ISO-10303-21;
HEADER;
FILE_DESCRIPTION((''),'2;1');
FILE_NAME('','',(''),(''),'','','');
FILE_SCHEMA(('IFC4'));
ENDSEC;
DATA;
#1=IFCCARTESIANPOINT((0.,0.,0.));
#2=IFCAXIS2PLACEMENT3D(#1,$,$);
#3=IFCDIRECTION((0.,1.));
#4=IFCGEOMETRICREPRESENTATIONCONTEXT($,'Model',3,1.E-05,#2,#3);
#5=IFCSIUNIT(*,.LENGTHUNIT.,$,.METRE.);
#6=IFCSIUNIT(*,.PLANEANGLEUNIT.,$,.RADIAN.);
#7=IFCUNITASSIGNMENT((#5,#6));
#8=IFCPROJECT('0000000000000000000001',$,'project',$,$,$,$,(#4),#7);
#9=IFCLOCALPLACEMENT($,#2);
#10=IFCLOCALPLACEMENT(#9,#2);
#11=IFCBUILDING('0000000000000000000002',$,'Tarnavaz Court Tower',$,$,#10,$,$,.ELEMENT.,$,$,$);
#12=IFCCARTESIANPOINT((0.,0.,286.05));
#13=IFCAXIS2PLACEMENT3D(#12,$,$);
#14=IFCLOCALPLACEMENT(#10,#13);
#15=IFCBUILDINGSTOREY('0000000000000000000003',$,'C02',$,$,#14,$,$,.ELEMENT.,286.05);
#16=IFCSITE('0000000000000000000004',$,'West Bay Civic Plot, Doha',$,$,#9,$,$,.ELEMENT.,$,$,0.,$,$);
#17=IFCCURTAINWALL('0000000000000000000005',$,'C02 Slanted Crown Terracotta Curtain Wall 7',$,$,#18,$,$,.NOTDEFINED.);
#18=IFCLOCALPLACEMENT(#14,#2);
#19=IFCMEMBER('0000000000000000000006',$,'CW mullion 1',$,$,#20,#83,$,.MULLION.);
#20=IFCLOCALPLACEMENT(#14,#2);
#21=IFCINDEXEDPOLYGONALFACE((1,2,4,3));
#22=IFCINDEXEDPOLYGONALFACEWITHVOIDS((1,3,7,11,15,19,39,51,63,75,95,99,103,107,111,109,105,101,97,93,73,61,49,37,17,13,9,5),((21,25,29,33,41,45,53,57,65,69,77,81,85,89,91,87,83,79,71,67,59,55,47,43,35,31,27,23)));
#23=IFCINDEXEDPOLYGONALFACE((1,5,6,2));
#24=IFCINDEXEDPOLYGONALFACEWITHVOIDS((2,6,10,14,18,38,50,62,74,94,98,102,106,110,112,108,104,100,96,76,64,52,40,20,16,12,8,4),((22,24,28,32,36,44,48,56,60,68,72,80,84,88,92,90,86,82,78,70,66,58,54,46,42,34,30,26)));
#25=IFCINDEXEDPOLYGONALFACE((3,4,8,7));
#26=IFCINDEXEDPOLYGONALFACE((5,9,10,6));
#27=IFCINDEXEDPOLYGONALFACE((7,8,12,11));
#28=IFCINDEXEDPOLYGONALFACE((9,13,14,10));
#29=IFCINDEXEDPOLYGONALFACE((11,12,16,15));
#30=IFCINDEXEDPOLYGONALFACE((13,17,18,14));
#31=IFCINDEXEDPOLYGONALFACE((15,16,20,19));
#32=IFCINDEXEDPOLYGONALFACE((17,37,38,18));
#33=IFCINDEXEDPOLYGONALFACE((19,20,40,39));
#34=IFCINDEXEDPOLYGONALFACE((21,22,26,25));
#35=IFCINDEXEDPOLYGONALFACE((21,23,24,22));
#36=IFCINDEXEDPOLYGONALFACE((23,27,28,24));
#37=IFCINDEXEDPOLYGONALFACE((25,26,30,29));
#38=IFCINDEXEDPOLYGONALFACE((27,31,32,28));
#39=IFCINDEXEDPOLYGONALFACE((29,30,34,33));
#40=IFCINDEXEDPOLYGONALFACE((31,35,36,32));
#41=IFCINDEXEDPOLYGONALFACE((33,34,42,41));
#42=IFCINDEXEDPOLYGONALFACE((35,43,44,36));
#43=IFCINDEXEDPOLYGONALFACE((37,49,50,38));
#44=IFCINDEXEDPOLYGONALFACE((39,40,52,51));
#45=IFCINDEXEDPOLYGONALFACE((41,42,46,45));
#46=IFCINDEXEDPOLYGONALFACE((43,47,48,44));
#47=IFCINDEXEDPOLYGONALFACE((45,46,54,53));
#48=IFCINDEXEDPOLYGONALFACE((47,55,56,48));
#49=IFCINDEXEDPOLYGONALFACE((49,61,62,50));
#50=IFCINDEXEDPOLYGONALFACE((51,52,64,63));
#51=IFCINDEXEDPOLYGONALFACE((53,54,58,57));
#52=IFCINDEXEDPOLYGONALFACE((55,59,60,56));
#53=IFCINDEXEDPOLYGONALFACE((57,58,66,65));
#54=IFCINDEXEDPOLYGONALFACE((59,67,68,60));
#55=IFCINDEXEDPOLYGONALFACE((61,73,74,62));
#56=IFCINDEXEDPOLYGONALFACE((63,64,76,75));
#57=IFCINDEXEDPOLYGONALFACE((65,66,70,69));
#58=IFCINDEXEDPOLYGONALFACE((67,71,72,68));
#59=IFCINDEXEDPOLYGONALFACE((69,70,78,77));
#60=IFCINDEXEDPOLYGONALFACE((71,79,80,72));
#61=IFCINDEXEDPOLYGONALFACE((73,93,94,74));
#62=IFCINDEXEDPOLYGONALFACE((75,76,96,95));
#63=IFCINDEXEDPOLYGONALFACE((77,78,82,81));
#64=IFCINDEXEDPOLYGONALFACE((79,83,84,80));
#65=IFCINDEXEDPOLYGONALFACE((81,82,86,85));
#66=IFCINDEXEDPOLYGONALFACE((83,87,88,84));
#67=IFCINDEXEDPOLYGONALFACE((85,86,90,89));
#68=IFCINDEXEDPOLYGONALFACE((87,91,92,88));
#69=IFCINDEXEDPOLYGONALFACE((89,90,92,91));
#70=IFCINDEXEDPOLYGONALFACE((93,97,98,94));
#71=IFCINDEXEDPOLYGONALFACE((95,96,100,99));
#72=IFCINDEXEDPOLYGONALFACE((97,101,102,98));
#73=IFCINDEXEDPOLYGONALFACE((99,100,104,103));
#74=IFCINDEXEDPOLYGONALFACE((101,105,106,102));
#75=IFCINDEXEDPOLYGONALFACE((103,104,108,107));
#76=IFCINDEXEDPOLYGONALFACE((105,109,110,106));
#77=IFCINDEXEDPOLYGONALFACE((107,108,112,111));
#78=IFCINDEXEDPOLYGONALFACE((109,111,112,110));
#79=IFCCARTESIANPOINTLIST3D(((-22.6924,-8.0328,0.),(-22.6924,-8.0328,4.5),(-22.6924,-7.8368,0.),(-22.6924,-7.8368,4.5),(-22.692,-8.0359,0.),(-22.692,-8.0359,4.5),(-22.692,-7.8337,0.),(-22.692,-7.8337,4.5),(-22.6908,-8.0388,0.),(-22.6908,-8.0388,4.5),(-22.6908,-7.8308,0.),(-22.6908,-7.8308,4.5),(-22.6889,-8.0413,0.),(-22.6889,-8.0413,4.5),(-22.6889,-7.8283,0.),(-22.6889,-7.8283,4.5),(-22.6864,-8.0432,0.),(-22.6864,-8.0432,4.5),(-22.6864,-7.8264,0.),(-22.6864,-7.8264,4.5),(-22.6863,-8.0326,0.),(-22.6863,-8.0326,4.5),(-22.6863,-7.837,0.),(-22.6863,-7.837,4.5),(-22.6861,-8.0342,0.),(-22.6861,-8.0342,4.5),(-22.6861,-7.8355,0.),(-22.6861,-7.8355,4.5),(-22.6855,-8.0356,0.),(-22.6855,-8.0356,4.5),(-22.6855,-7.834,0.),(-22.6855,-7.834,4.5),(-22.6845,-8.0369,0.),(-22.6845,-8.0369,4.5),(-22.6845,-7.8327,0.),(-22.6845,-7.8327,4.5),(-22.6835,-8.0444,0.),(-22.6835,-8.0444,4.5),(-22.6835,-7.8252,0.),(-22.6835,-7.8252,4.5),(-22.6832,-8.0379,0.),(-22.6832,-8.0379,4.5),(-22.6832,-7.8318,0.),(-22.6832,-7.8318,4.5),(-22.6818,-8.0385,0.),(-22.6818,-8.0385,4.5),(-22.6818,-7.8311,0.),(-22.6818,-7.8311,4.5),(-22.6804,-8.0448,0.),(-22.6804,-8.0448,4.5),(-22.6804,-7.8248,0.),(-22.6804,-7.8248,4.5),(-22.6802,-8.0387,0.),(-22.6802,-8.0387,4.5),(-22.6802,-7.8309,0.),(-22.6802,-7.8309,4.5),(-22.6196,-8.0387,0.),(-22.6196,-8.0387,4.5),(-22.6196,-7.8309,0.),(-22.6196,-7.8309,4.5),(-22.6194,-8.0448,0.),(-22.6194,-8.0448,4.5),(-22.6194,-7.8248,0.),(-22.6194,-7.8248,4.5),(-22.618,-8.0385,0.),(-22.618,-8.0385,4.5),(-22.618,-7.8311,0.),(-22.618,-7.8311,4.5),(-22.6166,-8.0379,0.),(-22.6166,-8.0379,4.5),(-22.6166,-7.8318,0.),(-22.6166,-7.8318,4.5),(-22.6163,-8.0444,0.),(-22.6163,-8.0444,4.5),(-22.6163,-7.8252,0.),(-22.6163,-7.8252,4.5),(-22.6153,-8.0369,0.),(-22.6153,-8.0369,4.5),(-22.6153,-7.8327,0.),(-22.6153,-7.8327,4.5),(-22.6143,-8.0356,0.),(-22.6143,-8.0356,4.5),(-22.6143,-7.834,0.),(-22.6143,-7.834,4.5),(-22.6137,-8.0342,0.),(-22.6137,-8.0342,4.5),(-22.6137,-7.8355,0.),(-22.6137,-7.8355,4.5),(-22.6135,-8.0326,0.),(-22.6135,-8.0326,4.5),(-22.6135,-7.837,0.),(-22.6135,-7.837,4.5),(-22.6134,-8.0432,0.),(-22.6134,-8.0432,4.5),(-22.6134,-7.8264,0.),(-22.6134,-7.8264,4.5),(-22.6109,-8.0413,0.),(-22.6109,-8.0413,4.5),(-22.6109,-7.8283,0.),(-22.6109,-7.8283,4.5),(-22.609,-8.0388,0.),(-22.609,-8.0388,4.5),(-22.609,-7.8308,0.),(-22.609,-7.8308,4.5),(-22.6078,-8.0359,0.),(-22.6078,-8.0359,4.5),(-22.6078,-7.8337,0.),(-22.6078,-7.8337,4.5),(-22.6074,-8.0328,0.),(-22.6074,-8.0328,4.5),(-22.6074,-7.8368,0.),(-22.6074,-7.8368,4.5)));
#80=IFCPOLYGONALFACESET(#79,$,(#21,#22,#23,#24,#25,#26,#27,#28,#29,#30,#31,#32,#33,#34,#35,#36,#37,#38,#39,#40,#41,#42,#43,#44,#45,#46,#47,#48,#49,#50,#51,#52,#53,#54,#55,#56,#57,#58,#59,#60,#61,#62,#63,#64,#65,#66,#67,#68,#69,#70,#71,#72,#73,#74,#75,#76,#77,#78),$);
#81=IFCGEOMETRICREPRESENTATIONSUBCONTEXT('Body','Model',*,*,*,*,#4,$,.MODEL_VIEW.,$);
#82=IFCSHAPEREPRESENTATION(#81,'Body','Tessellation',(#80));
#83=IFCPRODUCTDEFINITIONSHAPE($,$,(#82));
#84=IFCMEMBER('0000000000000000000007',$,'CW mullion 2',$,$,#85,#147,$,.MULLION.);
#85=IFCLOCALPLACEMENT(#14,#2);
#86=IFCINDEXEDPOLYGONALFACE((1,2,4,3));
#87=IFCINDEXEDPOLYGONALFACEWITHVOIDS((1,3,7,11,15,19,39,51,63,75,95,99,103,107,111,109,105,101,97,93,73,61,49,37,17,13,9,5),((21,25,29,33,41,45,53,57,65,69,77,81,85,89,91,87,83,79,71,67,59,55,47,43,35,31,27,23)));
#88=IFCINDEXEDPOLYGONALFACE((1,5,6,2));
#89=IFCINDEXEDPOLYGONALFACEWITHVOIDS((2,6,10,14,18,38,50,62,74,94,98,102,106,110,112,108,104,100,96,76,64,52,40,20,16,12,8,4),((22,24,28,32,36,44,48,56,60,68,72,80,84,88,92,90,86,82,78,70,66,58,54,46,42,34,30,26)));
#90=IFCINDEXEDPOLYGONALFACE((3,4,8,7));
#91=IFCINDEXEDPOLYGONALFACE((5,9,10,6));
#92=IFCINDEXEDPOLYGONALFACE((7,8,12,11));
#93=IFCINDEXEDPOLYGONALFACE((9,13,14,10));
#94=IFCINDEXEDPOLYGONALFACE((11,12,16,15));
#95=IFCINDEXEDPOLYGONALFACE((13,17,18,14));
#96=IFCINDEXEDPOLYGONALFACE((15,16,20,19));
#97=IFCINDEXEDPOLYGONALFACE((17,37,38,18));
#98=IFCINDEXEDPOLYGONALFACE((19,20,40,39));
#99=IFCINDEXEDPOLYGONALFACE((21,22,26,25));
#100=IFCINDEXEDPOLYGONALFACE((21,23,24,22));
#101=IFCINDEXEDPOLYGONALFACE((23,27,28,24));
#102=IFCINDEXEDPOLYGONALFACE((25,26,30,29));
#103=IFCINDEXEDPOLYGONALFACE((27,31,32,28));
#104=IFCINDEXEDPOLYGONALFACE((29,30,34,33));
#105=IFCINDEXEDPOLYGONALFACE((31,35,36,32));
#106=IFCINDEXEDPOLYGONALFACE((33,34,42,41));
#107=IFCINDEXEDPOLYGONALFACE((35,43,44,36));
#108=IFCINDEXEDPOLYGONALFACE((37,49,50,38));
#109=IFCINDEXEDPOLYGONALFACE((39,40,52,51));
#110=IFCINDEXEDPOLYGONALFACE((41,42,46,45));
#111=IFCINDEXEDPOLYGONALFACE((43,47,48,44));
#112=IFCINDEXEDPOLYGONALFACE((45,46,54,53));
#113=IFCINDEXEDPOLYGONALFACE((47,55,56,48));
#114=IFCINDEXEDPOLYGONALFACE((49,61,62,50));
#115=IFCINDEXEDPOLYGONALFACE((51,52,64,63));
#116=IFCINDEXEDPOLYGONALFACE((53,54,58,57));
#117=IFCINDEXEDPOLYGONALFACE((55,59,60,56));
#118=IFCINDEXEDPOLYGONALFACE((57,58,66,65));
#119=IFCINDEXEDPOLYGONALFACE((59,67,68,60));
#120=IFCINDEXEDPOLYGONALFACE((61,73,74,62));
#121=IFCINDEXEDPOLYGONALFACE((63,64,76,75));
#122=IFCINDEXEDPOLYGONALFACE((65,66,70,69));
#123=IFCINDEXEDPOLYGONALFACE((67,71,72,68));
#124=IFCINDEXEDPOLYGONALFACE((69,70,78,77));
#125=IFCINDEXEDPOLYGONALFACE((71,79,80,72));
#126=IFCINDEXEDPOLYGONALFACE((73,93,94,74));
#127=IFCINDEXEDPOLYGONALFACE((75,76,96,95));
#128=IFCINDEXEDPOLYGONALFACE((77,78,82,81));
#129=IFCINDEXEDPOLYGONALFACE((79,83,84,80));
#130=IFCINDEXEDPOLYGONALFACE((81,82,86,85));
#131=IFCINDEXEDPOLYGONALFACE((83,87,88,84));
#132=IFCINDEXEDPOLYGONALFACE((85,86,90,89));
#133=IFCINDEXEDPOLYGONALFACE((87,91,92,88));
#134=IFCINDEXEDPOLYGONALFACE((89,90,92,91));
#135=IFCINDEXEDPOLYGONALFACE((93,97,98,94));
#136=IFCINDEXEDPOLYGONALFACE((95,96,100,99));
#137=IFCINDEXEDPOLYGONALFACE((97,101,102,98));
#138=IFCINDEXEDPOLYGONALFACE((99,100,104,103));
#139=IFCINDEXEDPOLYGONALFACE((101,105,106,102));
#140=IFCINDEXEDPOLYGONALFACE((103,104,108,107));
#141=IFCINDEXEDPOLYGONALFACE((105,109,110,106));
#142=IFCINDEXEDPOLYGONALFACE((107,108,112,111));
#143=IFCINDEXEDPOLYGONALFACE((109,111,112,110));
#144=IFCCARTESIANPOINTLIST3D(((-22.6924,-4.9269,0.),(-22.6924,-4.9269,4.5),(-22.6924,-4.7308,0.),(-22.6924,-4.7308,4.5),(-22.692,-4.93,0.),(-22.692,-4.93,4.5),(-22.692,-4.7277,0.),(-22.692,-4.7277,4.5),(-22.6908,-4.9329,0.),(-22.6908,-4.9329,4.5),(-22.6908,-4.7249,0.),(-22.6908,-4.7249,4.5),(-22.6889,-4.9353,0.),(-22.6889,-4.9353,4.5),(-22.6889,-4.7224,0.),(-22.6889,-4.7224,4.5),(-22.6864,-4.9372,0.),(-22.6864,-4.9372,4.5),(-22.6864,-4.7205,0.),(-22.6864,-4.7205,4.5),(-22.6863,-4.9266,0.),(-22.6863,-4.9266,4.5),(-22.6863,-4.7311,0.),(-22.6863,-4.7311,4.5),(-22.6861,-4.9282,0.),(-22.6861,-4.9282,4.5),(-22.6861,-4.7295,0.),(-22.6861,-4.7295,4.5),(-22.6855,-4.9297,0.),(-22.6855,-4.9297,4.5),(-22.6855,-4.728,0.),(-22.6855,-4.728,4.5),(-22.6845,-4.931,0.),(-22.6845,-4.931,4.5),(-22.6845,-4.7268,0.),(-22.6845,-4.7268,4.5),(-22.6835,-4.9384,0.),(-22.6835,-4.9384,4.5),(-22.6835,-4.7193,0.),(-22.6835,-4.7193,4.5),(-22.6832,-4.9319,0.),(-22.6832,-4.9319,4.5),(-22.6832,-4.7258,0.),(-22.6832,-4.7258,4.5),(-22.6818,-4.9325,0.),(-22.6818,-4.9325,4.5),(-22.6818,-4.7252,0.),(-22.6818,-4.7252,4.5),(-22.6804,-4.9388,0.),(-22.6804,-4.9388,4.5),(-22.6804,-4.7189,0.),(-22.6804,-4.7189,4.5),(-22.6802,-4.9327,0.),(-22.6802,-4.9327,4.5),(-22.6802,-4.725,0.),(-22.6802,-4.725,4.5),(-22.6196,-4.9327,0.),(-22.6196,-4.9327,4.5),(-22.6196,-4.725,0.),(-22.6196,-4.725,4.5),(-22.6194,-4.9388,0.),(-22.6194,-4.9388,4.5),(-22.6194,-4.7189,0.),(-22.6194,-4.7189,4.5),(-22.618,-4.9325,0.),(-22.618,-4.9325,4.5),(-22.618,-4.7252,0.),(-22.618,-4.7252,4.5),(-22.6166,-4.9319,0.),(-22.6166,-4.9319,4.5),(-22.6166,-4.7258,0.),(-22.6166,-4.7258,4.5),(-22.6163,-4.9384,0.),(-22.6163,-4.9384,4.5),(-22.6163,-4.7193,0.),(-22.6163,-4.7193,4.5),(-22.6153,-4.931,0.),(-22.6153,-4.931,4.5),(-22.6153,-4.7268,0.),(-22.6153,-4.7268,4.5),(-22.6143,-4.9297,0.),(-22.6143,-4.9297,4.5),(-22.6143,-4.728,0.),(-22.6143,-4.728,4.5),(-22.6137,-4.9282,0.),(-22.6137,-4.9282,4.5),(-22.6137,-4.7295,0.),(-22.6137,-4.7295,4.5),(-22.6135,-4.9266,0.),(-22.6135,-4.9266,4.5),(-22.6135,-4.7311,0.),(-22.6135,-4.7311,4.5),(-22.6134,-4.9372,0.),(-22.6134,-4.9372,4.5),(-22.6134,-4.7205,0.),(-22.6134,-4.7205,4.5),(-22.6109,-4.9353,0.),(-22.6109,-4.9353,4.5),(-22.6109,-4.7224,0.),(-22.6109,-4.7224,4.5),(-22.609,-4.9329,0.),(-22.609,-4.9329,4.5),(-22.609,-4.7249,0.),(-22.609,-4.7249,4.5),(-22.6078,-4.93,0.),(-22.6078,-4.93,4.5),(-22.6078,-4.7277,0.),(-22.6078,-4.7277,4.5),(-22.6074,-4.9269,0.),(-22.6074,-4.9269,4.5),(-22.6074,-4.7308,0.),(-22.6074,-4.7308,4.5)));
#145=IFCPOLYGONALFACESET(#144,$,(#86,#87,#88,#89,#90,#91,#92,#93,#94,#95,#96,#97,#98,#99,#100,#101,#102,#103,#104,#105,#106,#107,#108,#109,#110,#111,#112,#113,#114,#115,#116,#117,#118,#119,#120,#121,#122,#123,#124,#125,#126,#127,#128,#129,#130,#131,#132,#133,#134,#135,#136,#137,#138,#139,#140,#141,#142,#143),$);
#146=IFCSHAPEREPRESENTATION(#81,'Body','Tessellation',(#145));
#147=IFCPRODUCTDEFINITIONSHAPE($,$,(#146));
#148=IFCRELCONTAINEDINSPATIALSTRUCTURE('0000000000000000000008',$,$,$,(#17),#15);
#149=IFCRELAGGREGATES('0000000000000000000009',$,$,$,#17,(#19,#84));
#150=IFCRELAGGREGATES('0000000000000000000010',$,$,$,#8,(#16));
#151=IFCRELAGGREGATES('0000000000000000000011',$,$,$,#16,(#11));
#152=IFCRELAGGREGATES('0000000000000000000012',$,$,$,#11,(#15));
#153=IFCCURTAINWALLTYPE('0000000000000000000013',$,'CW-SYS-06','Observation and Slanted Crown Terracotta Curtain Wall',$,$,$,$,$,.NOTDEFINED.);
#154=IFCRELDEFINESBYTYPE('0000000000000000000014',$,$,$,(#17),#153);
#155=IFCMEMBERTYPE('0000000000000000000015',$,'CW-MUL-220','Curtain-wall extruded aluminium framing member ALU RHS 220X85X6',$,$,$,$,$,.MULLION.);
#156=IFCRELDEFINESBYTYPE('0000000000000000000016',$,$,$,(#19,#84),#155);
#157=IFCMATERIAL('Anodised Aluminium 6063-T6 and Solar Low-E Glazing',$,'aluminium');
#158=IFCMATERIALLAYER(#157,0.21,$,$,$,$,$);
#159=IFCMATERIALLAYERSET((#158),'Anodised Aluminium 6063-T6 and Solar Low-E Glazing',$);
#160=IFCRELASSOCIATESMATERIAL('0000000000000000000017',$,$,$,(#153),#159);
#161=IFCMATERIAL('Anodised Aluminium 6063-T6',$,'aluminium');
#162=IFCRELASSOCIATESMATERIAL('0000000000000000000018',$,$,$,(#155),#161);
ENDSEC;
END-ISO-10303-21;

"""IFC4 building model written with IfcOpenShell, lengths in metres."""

from ifc_helpers import new_model, si_unit, direction, frame, origin, origin_2d, place, context, subcontext, project, spatial, hollow_rectangle, extrude, material, layer, layer_set, material_profile, profile_set, type_object, element, aggregate, save


model = new_model("IFC4")

# Units and contexts
model_context = context("Model", 3, precision=1e-05, world=origin(), true_north=direction((0.0, 1.0)))
body_context = subcontext(model_context, "Body", "Model", "MODEL_VIEW")
ifc_project = project(units=[si_unit("LENGTHUNIT", "METRE"), si_unit("PLANEANGLEUNIT", "RADIAN")], contexts=[model_context])

# Site, building, storey
site_placement = place(None, origin())
site = spatial("IfcSite", under=ifc_project, at=site_placement, Name="West Bay Civic Plot, Doha", CompositionType="ELEMENT", RefElevation=0.0)
building_placement = place(site_placement, origin())
building = spatial("IfcBuilding", under=site, at=building_placement, Name="Tarnavaz Court Tower", CompositionType="ELEMENT")
storey_placement = place(building_placement, frame((0.0, 0.0, 286.05)))
storey = spatial("IfcBuildingStorey", under=building, at=storey_placement, Name="C02", CompositionType="ELEMENT", Elevation=286.05)

# Curtain wall, members
ifc_material_1 = material(Name="Anodised Aluminium 6063-T6 and Solar Low-E Glazing", Category="aluminium")
ifc_layer_1 = layer(ifc_material_1, 0.21)
ifc_layer_set_1 = layer_set([ifc_layer_1], Name="Anodised Aluminium 6063-T6 and Solar Low-E Glazing")
curtain_wall_type = type_object("IfcCurtainWallType", Name="CW-SYS-06", Description="Observation and Slanted Crown Terracotta Curtain Wall", PredefinedType="NOTDEFINED", material=ifc_layer_set_1)
ifc_material_2 = material(Name="Anodised Aluminium 6063-T6", Category="aluminium")
ifc_material_profile_1 = material_profile(ifc_material_2, hollow_rectangle(XDim=0.085, YDim=0.22, WallThickness=0.0061, InnerFilletRadius=0.0061, OuterFilletRadius=0.012, at=origin_2d()), Name="ALU RHS 220X85X6")
ifc_profile_set_1 = profile_set([ifc_material_profile_1], Name="Anodised Aluminium 6063-T6")
member_type_1 = type_object("IfcMemberType", Name="CW-MUL-220", Description="Curtain-wall extruded aluminium framing member ALU RHS 220X85X6", PredefinedType="MULLION", material=ifc_profile_set_1)
curtain_wall_1_placement = place(storey_placement, origin())
curtain_wall_1 = element("IfcCurtainWall", 1, at=curtain_wall_1_placement, inside=storey, type_object=curtain_wall_type, Name="C02 Slanted Crown Terracotta Curtain Wall 7", PredefinedType="NOTDEFINED")
member_1_placement = place(storey_placement, frame((-22.6499, -7.9348, 0.0), z_axis=(0.0, 0.0, 1.0), x_axis=(-1.0, 0.0, 0.0)))
member_1 = element("IfcMember", 2, at=member_1_placement, type_object=member_type_1, Name="CW mullion 1", PredefinedType="MULLION", context=body_context, shape_type="SweptSolid", body=[
    extrude(hollow_rectangle(XDim=0.085, YDim=0.22, WallThickness=0.0061, InnerFilletRadius=0.0061, OuterFilletRadius=0.012, at=origin_2d()), origin(), (0.0, 0.0, 1.0), 4.5),
])
member_2_placement = place(storey_placement, frame((-22.6499, -4.8289, 0.0), z_axis=(0.0, 0.0, 1.0), x_axis=(-1.0, 0.0, 0.0)))
member_2 = element("IfcMember", 3, at=member_2_placement, type_object=member_type_1, Name="CW mullion 2", PredefinedType="MULLION", context=body_context, shape_type="SweptSolid", body=[
    extrude(hollow_rectangle(XDim=0.085, YDim=0.22, WallThickness=0.0061, InnerFilletRadius=0.0061, OuterFilletRadius=0.012, at=origin_2d()), origin(), (0.0, 0.0, 1.0), 4.5),
])

aggregate(curtain_wall_1, [member_1, member_2])

save(model, "model.ifc")
